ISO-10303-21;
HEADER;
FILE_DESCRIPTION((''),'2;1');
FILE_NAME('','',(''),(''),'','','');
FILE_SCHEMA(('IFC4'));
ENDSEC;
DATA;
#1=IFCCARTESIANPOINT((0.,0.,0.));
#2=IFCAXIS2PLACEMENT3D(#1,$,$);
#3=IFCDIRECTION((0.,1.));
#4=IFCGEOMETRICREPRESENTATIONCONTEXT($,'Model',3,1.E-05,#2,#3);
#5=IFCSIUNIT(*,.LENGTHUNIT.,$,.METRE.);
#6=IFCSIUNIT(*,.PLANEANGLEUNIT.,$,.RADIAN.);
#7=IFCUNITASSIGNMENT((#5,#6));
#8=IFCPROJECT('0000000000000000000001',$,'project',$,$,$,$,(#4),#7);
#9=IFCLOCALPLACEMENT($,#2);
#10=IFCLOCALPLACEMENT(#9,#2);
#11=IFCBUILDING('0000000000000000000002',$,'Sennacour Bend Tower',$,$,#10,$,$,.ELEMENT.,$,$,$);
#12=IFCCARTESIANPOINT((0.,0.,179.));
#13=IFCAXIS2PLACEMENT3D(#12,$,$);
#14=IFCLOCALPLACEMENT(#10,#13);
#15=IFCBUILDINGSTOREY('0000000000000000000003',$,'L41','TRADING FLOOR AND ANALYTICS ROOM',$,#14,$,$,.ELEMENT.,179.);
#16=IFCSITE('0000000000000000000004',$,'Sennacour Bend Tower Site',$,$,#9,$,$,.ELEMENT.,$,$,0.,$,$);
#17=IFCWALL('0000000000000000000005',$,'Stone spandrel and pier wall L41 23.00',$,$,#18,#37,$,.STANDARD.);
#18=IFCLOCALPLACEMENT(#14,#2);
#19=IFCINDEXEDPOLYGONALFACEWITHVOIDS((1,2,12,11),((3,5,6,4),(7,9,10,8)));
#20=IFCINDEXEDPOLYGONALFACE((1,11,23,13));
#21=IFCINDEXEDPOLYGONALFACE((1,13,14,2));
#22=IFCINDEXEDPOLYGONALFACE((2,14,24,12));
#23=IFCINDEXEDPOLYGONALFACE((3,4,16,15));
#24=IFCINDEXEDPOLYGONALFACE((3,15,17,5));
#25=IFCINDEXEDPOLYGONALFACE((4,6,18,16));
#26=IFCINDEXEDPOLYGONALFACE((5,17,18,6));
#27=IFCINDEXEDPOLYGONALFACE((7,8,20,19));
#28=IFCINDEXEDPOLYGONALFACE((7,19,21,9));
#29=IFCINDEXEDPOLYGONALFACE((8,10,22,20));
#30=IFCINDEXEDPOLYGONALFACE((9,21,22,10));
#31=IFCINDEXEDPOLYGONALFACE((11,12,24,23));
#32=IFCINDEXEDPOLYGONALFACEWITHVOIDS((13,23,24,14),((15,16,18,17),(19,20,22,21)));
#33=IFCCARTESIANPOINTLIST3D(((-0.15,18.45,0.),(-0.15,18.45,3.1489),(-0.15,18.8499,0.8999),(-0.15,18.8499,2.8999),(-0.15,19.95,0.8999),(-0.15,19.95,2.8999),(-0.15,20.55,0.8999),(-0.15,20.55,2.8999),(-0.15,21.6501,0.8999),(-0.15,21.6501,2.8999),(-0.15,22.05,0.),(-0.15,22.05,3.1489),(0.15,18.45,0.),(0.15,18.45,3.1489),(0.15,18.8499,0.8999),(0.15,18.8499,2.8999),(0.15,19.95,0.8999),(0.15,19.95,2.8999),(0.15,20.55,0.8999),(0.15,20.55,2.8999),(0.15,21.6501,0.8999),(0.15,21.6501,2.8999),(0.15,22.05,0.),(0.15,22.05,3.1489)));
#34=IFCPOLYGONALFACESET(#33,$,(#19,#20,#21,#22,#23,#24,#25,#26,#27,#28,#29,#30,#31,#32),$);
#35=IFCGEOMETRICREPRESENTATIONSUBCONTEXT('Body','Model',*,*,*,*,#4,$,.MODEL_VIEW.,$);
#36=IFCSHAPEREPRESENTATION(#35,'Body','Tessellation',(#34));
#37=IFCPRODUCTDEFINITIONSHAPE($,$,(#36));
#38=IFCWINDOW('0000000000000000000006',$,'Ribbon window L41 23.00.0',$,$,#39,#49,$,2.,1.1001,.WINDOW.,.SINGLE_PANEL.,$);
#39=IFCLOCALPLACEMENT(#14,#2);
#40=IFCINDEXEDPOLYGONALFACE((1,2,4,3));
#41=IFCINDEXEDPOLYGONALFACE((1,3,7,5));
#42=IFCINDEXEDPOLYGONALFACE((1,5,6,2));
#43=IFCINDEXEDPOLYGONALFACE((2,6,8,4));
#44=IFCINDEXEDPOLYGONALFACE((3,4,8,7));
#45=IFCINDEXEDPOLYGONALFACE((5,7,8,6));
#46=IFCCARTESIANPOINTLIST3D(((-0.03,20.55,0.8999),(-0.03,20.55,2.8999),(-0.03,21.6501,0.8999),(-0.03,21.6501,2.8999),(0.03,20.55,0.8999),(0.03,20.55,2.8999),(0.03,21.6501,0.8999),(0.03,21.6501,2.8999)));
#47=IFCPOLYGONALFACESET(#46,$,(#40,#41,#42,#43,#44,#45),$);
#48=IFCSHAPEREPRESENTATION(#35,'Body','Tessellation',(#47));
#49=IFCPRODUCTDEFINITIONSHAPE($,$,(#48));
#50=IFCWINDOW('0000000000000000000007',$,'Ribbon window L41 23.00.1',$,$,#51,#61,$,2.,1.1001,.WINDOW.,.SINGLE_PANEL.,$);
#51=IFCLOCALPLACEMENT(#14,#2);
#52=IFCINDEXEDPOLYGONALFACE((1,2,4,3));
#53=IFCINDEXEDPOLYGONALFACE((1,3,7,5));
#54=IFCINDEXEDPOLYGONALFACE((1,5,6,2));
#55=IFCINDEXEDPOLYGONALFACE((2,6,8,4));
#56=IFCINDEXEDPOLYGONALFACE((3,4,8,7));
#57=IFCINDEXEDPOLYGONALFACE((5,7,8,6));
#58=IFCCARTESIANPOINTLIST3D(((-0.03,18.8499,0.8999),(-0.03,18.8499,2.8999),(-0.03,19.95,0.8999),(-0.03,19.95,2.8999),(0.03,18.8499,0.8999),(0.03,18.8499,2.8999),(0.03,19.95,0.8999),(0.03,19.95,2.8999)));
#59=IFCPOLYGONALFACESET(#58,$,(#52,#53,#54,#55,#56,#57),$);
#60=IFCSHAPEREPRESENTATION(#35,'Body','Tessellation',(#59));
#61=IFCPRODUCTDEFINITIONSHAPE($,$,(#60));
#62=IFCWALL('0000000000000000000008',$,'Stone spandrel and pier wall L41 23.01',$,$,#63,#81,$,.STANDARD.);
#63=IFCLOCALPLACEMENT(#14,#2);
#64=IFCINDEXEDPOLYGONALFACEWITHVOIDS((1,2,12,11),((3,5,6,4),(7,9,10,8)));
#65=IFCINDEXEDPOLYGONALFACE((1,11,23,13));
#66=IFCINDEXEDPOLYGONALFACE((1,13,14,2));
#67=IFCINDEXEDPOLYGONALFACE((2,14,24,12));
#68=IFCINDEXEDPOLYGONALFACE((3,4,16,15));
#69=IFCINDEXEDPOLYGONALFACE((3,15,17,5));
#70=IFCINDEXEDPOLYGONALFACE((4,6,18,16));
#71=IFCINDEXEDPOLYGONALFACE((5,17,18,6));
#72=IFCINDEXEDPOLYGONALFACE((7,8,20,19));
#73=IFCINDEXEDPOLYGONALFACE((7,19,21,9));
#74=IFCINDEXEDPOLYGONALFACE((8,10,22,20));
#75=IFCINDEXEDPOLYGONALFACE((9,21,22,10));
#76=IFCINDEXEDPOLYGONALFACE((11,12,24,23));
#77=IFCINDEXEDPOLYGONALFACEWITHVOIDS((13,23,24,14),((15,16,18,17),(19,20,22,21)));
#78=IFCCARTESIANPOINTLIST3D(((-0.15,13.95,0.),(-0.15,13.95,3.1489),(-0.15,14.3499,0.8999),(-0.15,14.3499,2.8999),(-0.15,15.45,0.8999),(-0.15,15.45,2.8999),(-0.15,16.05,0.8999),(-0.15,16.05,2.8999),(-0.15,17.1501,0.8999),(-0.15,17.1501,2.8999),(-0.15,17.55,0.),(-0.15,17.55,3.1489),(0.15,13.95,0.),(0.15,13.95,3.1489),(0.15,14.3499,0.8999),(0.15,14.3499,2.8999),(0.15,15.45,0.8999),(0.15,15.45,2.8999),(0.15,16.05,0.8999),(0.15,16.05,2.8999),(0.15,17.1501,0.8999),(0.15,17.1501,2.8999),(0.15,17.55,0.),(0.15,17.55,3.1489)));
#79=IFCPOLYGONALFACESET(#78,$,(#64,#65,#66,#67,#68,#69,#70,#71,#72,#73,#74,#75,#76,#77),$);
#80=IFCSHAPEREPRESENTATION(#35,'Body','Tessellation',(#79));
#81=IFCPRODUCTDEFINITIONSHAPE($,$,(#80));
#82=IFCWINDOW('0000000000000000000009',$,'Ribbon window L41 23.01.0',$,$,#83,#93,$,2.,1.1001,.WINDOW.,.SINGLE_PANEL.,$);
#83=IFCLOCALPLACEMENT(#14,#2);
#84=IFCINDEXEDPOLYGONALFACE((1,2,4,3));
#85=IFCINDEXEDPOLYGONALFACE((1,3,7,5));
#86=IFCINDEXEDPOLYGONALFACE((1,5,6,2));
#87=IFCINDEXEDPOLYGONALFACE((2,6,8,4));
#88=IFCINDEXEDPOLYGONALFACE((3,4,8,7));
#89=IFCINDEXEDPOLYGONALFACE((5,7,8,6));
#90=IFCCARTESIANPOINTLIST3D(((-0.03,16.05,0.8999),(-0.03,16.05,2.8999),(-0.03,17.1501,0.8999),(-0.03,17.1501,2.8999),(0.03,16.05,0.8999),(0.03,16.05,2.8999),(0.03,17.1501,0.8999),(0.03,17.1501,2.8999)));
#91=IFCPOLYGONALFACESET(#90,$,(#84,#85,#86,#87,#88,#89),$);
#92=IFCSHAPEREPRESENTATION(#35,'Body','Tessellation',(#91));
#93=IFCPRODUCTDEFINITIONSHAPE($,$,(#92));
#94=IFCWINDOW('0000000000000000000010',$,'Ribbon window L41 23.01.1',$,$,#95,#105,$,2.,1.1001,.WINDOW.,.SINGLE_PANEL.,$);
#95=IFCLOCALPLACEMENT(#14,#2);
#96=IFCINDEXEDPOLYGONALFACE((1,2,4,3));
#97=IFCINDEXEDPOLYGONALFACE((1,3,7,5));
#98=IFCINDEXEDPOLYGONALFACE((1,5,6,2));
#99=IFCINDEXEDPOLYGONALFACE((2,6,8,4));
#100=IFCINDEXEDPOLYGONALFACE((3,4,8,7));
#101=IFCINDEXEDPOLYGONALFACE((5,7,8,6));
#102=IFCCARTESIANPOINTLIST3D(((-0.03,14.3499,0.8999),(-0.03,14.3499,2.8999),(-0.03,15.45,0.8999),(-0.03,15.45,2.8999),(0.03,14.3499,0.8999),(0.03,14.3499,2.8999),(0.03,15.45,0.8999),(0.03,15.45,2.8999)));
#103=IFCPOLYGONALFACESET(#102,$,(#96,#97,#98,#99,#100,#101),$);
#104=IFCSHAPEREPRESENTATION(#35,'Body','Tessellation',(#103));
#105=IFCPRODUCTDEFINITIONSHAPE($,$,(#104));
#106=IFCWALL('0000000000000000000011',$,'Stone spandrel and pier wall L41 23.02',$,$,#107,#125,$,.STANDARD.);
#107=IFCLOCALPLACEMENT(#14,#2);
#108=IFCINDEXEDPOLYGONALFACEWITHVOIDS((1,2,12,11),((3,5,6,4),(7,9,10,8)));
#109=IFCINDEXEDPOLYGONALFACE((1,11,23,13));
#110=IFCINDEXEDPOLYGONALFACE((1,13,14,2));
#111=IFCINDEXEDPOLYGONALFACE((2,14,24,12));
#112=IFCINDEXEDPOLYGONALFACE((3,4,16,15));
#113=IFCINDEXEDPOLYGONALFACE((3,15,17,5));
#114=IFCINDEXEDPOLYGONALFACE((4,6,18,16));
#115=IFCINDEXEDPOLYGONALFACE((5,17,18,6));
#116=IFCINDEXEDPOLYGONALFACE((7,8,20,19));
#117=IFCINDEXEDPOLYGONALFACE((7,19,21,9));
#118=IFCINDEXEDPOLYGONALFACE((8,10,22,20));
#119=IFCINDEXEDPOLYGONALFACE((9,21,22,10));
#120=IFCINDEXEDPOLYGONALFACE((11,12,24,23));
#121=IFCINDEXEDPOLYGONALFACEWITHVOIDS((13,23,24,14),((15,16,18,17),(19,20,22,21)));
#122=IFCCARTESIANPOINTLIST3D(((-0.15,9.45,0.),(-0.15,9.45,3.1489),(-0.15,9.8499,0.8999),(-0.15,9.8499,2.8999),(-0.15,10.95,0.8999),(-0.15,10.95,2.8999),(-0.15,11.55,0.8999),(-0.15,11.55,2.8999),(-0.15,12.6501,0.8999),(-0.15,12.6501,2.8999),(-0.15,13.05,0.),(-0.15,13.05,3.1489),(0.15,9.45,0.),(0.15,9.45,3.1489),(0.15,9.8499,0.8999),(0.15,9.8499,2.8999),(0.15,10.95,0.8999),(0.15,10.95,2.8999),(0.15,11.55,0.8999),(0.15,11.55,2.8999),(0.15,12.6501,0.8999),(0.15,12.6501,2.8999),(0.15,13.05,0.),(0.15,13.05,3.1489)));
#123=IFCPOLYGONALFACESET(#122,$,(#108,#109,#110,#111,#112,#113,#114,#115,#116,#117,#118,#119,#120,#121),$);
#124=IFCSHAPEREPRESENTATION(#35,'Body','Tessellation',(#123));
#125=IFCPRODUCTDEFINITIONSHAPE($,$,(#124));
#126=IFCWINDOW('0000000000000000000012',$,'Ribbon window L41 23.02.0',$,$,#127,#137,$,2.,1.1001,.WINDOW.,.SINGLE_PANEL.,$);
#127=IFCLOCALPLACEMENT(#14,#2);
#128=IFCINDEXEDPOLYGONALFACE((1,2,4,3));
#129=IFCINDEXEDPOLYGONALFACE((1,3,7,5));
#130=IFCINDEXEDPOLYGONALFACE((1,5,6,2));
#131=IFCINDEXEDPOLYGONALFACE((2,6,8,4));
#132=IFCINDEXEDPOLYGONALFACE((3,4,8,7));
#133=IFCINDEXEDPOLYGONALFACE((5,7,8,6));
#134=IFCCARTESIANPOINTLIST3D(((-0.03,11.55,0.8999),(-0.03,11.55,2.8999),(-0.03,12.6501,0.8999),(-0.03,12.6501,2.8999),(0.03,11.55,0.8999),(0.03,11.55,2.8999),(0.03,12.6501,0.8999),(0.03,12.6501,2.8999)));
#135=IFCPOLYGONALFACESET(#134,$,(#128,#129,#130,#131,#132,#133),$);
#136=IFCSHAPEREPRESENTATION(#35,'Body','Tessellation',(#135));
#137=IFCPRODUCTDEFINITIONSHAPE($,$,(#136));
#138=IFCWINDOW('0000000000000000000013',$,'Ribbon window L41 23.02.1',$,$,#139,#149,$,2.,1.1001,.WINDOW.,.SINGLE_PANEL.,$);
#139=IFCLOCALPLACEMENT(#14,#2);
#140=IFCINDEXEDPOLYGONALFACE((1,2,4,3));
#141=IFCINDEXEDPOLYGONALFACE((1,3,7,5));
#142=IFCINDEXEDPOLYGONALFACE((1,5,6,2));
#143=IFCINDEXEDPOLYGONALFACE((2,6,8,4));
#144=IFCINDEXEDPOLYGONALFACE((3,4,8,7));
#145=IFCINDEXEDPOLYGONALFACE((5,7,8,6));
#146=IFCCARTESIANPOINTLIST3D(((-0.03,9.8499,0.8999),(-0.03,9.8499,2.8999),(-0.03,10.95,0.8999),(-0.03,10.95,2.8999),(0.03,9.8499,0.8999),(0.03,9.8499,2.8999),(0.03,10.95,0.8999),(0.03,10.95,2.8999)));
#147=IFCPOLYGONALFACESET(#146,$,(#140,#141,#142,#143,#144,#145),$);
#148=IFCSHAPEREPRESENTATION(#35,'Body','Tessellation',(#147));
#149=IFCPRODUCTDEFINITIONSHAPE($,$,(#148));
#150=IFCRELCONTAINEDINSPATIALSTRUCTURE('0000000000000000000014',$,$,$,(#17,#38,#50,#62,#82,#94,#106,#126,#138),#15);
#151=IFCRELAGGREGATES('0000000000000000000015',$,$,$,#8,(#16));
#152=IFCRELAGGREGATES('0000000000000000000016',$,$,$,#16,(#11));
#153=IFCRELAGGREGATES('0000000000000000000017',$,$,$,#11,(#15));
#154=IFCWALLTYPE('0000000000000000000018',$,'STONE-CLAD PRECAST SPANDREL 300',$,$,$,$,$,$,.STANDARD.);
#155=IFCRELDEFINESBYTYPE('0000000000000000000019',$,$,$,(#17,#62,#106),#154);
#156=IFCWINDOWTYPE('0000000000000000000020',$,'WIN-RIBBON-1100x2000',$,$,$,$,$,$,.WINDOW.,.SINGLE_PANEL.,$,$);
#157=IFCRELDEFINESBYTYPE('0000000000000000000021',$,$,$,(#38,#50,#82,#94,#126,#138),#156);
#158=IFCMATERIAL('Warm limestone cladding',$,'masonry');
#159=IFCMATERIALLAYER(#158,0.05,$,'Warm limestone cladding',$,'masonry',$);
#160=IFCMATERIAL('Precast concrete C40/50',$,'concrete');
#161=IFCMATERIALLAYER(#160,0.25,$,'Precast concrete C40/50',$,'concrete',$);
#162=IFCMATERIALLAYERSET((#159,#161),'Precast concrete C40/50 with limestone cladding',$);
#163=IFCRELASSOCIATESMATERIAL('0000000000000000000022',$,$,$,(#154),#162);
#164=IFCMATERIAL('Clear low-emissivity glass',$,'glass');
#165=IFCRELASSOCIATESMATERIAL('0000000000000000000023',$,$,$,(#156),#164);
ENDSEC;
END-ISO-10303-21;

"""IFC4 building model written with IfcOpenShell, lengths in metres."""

from ifc_helpers import new_model, si_unit, direction, frame, frame_2d, origin, place, context, subcontext, project, spatial, rectangle, extrude, material, layer, layer_set, type_object, element, fill, save


model = new_model("IFC4")

# Units and contexts
model_context = context("Model", 3, precision=1e-05, world=origin(), true_north=direction((0.0, 1.0)))
body_context = subcontext(model_context, "Body", "Model", "MODEL_VIEW")
ifc_project = project(units=[si_unit("LENGTHUNIT", "METRE"), si_unit("PLANEANGLEUNIT", "RADIAN")], contexts=[model_context])

# Site, building, storey
site_placement = place(None, origin())
site = spatial("IfcSite", under=ifc_project, at=site_placement, Name="Sennacour Bend Tower Site", CompositionType="ELEMENT", RefElevation=0.0)
building_placement = place(site_placement, origin())
building = spatial("IfcBuilding", under=site, at=building_placement, Name="Sennacour Bend Tower", CompositionType="ELEMENT")
storey_placement = place(building_placement, frame((0.0, 0.0, 179.0)))
storey = spatial("IfcBuildingStorey", under=building, at=storey_placement, Name="L41", Description="TRADING FLOOR AND ANALYTICS ROOM", CompositionType="ELEMENT", Elevation=179.0)

# Shared definitions
ifc_material_1 = material(Name="Warm limestone cladding", Category="masonry")
ifc_layer_1 = layer(ifc_material_1, 0.05, Name="Warm limestone cladding", Category="masonry")
ifc_material_2 = material(Name="Precast concrete C40/50", Category="concrete")
ifc_layer_2 = layer(ifc_material_2, 0.25, Name="Precast concrete C40/50", Category="concrete")
ifc_layer_set_1 = layer_set([ifc_layer_1, ifc_layer_2], Name="Precast concrete C40/50 with limestone cladding")
wall_type_1 = type_object("IfcWallType", Name="STONE-CLAD PRECAST SPANDREL 300", PredefinedType="STANDARD", material=ifc_layer_set_1)

# Walls, openings, windows
wall_1_placement = place(storey_placement, frame((0.0, 22.05, 0.0), z_axis=(0.0, 0.0, 1.0), x_axis=(0.0, -1.0, 0.0)))
wall_1 = element("IfcWall", 1, at=wall_1_placement, inside=storey, type_object=wall_type_1, Name="Stone spandrel and pier wall L41 23.00", PredefinedType="STANDARD", context=body_context, shape_type="SweptSolid", body=[
    extrude(rectangle(XDim=3.6001, YDim=0.3, at=frame_2d((1.8, 0.0))), origin(), (0.0, 0.0, 1.0), 3.1489),
])
opening_1_placement = place(wall_1_placement, frame((0.3999, 0.0, 0.8999)))
opening_1 = element("IfcOpeningElement", 2, at=opening_1_placement, cuts=wall_1, PredefinedType="OPENING", context=body_context, shape_type="SweptSolid", body=[
    extrude(rectangle(XDim=1.1001, YDim=2.0, at=frame_2d((0.55, 1.0))), frame((0.0, 0.1602, 0.0), z_axis=(0.0, -1.0, 0.0), x_axis=(1.0, 0.0, 0.0)), (0.0, 0.0, 1.0), 0.3201),
])
opening_2_placement = place(wall_1_placement, frame((2.1001, 0.0, 0.8999)))
opening_2 = element("IfcOpeningElement", 3, at=opening_2_placement, cuts=wall_1, PredefinedType="OPENING", context=body_context, shape_type="SweptSolid", body=[
    extrude(rectangle(XDim=1.1001, YDim=2.0, at=frame_2d((0.55, 1.0))), frame((0.0, 0.1602, 0.0), z_axis=(0.0, -1.0, 0.0), x_axis=(1.0, 0.0, 0.0)), (0.0, 0.0, 1.0), 0.3201),
])
ifc_material_3 = material(Name="Clear low-emissivity glass", Category="glass")
window_type = type_object("IfcWindowType", Name="WIN-RIBBON-1100x2000", PartitioningType="SINGLE_PANEL", PredefinedType="WINDOW", material=ifc_material_3)
window_1_placement = place(opening_1_placement, origin())
window_1 = element("IfcWindow", 4, at=window_1_placement, inside=storey, type_object=window_type, Name="Ribbon window L41 23.00.0", OverallHeight=2.0, OverallWidth=1.1001, PartitioningType="SINGLE_PANEL", PredefinedType="WINDOW", context=body_context, shape_type="SweptSolid", body=[
    extrude(rectangle(XDim=1.1001, YDim=2.0, at=frame_2d((0.55, 1.0))), frame((0.0, 0.03, 0.0), z_axis=(0.0, -1.0, 0.0), x_axis=(1.0, 0.0, 0.0)), (0.0, 0.0, 1.0), 0.0601),
])
fill(opening_1, window_1)
window_2_placement = place(opening_2_placement, origin())
window_2 = element("IfcWindow", 5, at=window_2_placement, inside=storey, type_object=window_type, Name="Ribbon window L41 23.00.1", OverallHeight=2.0, OverallWidth=1.1001, PartitioningType="SINGLE_PANEL", PredefinedType="WINDOW", context=body_context, shape_type="SweptSolid", body=[
    extrude(rectangle(XDim=1.1001, YDim=2.0, at=frame_2d((0.55, 1.0))), frame((0.0, 0.03, 0.0), z_axis=(0.0, -1.0, 0.0), x_axis=(1.0, 0.0, 0.0)), (0.0, 0.0, 1.0), 0.0601),
])
fill(opening_2, window_2)
wall_2_placement = place(storey_placement, frame((0.0, 17.55, 0.0), z_axis=(0.0, 0.0, 1.0), x_axis=(0.0, -1.0, 0.0)))
wall_2 = element("IfcWall", 6, at=wall_2_placement, inside=storey, type_object=wall_type_1, Name="Stone spandrel and pier wall L41 23.01", PredefinedType="STANDARD", context=body_context, shape_type="SweptSolid", body=[
    extrude(rectangle(XDim=3.6001, YDim=0.3, at=frame_2d((1.8, 0.0))), origin(), (0.0, 0.0, 1.0), 3.1489),
])
opening_3_placement = place(wall_2_placement, frame((0.3999, 0.0, 0.8999)))
opening_3 = element("IfcOpeningElement", 7, at=opening_3_placement, cuts=wall_2, PredefinedType="OPENING", context=body_context, shape_type="SweptSolid", body=[
    extrude(rectangle(XDim=1.1001, YDim=2.0, at=frame_2d((0.55, 1.0))), frame((0.0, 0.1602, 0.0), z_axis=(0.0, -1.0, 0.0), x_axis=(1.0, 0.0, 0.0)), (0.0, 0.0, 1.0), 0.3201),
])
opening_4_placement = place(wall_2_placement, frame((2.1001, 0.0, 0.8999)))
opening_4 = element("IfcOpeningElement", 8, at=opening_4_placement, cuts=wall_2, PredefinedType="OPENING", context=body_context, shape_type="SweptSolid", body=[
    extrude(rectangle(XDim=1.1001, YDim=2.0, at=frame_2d((0.55, 1.0))), frame((0.0, 0.1602, 0.0), z_axis=(0.0, -1.0, 0.0), x_axis=(1.0, 0.0, 0.0)), (0.0, 0.0, 1.0), 0.3201),
])
window_3_placement = place(opening_3_placement, origin())
window_3 = element("IfcWindow", 9, at=window_3_placement, inside=storey, type_object=window_type, Name="Ribbon window L41 23.01.0", OverallHeight=2.0, OverallWidth=1.1001, PartitioningType="SINGLE_PANEL", PredefinedType="WINDOW", context=body_context, shape_type="SweptSolid", body=[
    extrude(rectangle(XDim=1.1001, YDim=2.0, at=frame_2d((0.55, 1.0))), frame((0.0, 0.03, 0.0), z_axis=(0.0, -1.0, 0.0), x_axis=(1.0, 0.0, 0.0)), (0.0, 0.0, 1.0), 0.0601),
])
fill(opening_3, window_3)
window_4_placement = place(opening_4_placement, origin())
window_4 = element("IfcWindow", 10, at=window_4_placement, inside=storey, type_object=window_type, Name="Ribbon window L41 23.01.1", OverallHeight=2.0, OverallWidth=1.1001, PartitioningType="SINGLE_PANEL", PredefinedType="WINDOW", context=body_context, shape_type="SweptSolid", body=[
    extrude(rectangle(XDim=1.1001, YDim=2.0, at=frame_2d((0.55, 1.0))), frame((0.0, 0.03, 0.0), z_axis=(0.0, -1.0, 0.0), x_axis=(1.0, 0.0, 0.0)), (0.0, 0.0, 1.0), 0.0601),
])
fill(opening_4, window_4)
wall_3_placement = place(storey_placement, frame((0.0, 13.05, 0.0), z_axis=(0.0, 0.0, 1.0), x_axis=(0.0, -1.0, 0.0)))
wall_3 = element("IfcWall", 11, at=wall_3_placement, inside=storey, type_object=wall_type_1, Name="Stone spandrel and pier wall L41 23.02", PredefinedType="STANDARD", context=body_context, shape_type="SweptSolid", body=[
    extrude(rectangle(XDim=3.6001, YDim=0.3, at=frame_2d((1.8, 0.0))), origin(), (0.0, 0.0, 1.0), 3.1489),
])
opening_5_placement = place(wall_3_placement, frame((0.3999, 0.0, 0.8999)))
opening_5 = element("IfcOpeningElement", 12, at=opening_5_placement, cuts=wall_3, PredefinedType="OPENING", context=body_context, shape_type="SweptSolid", body=[
    extrude(rectangle(XDim=1.1001, YDim=2.0, at=frame_2d((0.55, 1.0))), frame((0.0, 0.1602, 0.0), z_axis=(0.0, -1.0, 0.0), x_axis=(1.0, 0.0, 0.0)), (0.0, 0.0, 1.0), 0.3201),
])
opening_6_placement = place(wall_3_placement, frame((2.1001, 0.0, 0.8999)))
opening_6 = element("IfcOpeningElement", 13, at=opening_6_placement, cuts=wall_3, PredefinedType="OPENING", context=body_context, shape_type="SweptSolid", body=[
    extrude(rectangle(XDim=1.1001, YDim=2.0, at=frame_2d((0.55, 1.0))), frame((0.0, 0.1602, 0.0), z_axis=(0.0, -1.0, 0.0), x_axis=(1.0, 0.0, 0.0)), (0.0, 0.0, 1.0), 0.3201),
])
window_5_placement = place(opening_5_placement, origin())
window_5 = element("IfcWindow", 14, at=window_5_placement, inside=storey, type_object=window_type, Name="Ribbon window L41 23.02.0", OverallHeight=2.0, OverallWidth=1.1001, PartitioningType="SINGLE_PANEL", PredefinedType="WINDOW", context=body_context, shape_type="SweptSolid", body=[
    extrude(rectangle(XDim=1.1001, YDim=2.0, at=frame_2d((0.55, 1.0))), frame((0.0, 0.03, 0.0), z_axis=(0.0, -1.0, 0.0), x_axis=(1.0, 0.0, 0.0)), (0.0, 0.0, 1.0), 0.0601),
])
fill(opening_5, window_5)
window_6_placement = place(opening_6_placement, origin())
window_6 = element("IfcWindow", 15, at=window_6_placement, inside=storey, type_object=window_type, Name="Ribbon window L41 23.02.1", OverallHeight=2.0, OverallWidth=1.1001, PartitioningType="SINGLE_PANEL", PredefinedType="WINDOW", context=body_context, shape_type="SweptSolid", body=[
    extrude(rectangle(XDim=1.1001, YDim=2.0, at=frame_2d((0.55, 1.0))), frame((0.0, 0.03, 0.0), z_axis=(0.0, -1.0, 0.0), x_axis=(1.0, 0.0, 0.0)), (0.0, 0.0, 1.0), 0.0601),
])
fill(opening_6, window_6)

save(model, "model.ifc")
